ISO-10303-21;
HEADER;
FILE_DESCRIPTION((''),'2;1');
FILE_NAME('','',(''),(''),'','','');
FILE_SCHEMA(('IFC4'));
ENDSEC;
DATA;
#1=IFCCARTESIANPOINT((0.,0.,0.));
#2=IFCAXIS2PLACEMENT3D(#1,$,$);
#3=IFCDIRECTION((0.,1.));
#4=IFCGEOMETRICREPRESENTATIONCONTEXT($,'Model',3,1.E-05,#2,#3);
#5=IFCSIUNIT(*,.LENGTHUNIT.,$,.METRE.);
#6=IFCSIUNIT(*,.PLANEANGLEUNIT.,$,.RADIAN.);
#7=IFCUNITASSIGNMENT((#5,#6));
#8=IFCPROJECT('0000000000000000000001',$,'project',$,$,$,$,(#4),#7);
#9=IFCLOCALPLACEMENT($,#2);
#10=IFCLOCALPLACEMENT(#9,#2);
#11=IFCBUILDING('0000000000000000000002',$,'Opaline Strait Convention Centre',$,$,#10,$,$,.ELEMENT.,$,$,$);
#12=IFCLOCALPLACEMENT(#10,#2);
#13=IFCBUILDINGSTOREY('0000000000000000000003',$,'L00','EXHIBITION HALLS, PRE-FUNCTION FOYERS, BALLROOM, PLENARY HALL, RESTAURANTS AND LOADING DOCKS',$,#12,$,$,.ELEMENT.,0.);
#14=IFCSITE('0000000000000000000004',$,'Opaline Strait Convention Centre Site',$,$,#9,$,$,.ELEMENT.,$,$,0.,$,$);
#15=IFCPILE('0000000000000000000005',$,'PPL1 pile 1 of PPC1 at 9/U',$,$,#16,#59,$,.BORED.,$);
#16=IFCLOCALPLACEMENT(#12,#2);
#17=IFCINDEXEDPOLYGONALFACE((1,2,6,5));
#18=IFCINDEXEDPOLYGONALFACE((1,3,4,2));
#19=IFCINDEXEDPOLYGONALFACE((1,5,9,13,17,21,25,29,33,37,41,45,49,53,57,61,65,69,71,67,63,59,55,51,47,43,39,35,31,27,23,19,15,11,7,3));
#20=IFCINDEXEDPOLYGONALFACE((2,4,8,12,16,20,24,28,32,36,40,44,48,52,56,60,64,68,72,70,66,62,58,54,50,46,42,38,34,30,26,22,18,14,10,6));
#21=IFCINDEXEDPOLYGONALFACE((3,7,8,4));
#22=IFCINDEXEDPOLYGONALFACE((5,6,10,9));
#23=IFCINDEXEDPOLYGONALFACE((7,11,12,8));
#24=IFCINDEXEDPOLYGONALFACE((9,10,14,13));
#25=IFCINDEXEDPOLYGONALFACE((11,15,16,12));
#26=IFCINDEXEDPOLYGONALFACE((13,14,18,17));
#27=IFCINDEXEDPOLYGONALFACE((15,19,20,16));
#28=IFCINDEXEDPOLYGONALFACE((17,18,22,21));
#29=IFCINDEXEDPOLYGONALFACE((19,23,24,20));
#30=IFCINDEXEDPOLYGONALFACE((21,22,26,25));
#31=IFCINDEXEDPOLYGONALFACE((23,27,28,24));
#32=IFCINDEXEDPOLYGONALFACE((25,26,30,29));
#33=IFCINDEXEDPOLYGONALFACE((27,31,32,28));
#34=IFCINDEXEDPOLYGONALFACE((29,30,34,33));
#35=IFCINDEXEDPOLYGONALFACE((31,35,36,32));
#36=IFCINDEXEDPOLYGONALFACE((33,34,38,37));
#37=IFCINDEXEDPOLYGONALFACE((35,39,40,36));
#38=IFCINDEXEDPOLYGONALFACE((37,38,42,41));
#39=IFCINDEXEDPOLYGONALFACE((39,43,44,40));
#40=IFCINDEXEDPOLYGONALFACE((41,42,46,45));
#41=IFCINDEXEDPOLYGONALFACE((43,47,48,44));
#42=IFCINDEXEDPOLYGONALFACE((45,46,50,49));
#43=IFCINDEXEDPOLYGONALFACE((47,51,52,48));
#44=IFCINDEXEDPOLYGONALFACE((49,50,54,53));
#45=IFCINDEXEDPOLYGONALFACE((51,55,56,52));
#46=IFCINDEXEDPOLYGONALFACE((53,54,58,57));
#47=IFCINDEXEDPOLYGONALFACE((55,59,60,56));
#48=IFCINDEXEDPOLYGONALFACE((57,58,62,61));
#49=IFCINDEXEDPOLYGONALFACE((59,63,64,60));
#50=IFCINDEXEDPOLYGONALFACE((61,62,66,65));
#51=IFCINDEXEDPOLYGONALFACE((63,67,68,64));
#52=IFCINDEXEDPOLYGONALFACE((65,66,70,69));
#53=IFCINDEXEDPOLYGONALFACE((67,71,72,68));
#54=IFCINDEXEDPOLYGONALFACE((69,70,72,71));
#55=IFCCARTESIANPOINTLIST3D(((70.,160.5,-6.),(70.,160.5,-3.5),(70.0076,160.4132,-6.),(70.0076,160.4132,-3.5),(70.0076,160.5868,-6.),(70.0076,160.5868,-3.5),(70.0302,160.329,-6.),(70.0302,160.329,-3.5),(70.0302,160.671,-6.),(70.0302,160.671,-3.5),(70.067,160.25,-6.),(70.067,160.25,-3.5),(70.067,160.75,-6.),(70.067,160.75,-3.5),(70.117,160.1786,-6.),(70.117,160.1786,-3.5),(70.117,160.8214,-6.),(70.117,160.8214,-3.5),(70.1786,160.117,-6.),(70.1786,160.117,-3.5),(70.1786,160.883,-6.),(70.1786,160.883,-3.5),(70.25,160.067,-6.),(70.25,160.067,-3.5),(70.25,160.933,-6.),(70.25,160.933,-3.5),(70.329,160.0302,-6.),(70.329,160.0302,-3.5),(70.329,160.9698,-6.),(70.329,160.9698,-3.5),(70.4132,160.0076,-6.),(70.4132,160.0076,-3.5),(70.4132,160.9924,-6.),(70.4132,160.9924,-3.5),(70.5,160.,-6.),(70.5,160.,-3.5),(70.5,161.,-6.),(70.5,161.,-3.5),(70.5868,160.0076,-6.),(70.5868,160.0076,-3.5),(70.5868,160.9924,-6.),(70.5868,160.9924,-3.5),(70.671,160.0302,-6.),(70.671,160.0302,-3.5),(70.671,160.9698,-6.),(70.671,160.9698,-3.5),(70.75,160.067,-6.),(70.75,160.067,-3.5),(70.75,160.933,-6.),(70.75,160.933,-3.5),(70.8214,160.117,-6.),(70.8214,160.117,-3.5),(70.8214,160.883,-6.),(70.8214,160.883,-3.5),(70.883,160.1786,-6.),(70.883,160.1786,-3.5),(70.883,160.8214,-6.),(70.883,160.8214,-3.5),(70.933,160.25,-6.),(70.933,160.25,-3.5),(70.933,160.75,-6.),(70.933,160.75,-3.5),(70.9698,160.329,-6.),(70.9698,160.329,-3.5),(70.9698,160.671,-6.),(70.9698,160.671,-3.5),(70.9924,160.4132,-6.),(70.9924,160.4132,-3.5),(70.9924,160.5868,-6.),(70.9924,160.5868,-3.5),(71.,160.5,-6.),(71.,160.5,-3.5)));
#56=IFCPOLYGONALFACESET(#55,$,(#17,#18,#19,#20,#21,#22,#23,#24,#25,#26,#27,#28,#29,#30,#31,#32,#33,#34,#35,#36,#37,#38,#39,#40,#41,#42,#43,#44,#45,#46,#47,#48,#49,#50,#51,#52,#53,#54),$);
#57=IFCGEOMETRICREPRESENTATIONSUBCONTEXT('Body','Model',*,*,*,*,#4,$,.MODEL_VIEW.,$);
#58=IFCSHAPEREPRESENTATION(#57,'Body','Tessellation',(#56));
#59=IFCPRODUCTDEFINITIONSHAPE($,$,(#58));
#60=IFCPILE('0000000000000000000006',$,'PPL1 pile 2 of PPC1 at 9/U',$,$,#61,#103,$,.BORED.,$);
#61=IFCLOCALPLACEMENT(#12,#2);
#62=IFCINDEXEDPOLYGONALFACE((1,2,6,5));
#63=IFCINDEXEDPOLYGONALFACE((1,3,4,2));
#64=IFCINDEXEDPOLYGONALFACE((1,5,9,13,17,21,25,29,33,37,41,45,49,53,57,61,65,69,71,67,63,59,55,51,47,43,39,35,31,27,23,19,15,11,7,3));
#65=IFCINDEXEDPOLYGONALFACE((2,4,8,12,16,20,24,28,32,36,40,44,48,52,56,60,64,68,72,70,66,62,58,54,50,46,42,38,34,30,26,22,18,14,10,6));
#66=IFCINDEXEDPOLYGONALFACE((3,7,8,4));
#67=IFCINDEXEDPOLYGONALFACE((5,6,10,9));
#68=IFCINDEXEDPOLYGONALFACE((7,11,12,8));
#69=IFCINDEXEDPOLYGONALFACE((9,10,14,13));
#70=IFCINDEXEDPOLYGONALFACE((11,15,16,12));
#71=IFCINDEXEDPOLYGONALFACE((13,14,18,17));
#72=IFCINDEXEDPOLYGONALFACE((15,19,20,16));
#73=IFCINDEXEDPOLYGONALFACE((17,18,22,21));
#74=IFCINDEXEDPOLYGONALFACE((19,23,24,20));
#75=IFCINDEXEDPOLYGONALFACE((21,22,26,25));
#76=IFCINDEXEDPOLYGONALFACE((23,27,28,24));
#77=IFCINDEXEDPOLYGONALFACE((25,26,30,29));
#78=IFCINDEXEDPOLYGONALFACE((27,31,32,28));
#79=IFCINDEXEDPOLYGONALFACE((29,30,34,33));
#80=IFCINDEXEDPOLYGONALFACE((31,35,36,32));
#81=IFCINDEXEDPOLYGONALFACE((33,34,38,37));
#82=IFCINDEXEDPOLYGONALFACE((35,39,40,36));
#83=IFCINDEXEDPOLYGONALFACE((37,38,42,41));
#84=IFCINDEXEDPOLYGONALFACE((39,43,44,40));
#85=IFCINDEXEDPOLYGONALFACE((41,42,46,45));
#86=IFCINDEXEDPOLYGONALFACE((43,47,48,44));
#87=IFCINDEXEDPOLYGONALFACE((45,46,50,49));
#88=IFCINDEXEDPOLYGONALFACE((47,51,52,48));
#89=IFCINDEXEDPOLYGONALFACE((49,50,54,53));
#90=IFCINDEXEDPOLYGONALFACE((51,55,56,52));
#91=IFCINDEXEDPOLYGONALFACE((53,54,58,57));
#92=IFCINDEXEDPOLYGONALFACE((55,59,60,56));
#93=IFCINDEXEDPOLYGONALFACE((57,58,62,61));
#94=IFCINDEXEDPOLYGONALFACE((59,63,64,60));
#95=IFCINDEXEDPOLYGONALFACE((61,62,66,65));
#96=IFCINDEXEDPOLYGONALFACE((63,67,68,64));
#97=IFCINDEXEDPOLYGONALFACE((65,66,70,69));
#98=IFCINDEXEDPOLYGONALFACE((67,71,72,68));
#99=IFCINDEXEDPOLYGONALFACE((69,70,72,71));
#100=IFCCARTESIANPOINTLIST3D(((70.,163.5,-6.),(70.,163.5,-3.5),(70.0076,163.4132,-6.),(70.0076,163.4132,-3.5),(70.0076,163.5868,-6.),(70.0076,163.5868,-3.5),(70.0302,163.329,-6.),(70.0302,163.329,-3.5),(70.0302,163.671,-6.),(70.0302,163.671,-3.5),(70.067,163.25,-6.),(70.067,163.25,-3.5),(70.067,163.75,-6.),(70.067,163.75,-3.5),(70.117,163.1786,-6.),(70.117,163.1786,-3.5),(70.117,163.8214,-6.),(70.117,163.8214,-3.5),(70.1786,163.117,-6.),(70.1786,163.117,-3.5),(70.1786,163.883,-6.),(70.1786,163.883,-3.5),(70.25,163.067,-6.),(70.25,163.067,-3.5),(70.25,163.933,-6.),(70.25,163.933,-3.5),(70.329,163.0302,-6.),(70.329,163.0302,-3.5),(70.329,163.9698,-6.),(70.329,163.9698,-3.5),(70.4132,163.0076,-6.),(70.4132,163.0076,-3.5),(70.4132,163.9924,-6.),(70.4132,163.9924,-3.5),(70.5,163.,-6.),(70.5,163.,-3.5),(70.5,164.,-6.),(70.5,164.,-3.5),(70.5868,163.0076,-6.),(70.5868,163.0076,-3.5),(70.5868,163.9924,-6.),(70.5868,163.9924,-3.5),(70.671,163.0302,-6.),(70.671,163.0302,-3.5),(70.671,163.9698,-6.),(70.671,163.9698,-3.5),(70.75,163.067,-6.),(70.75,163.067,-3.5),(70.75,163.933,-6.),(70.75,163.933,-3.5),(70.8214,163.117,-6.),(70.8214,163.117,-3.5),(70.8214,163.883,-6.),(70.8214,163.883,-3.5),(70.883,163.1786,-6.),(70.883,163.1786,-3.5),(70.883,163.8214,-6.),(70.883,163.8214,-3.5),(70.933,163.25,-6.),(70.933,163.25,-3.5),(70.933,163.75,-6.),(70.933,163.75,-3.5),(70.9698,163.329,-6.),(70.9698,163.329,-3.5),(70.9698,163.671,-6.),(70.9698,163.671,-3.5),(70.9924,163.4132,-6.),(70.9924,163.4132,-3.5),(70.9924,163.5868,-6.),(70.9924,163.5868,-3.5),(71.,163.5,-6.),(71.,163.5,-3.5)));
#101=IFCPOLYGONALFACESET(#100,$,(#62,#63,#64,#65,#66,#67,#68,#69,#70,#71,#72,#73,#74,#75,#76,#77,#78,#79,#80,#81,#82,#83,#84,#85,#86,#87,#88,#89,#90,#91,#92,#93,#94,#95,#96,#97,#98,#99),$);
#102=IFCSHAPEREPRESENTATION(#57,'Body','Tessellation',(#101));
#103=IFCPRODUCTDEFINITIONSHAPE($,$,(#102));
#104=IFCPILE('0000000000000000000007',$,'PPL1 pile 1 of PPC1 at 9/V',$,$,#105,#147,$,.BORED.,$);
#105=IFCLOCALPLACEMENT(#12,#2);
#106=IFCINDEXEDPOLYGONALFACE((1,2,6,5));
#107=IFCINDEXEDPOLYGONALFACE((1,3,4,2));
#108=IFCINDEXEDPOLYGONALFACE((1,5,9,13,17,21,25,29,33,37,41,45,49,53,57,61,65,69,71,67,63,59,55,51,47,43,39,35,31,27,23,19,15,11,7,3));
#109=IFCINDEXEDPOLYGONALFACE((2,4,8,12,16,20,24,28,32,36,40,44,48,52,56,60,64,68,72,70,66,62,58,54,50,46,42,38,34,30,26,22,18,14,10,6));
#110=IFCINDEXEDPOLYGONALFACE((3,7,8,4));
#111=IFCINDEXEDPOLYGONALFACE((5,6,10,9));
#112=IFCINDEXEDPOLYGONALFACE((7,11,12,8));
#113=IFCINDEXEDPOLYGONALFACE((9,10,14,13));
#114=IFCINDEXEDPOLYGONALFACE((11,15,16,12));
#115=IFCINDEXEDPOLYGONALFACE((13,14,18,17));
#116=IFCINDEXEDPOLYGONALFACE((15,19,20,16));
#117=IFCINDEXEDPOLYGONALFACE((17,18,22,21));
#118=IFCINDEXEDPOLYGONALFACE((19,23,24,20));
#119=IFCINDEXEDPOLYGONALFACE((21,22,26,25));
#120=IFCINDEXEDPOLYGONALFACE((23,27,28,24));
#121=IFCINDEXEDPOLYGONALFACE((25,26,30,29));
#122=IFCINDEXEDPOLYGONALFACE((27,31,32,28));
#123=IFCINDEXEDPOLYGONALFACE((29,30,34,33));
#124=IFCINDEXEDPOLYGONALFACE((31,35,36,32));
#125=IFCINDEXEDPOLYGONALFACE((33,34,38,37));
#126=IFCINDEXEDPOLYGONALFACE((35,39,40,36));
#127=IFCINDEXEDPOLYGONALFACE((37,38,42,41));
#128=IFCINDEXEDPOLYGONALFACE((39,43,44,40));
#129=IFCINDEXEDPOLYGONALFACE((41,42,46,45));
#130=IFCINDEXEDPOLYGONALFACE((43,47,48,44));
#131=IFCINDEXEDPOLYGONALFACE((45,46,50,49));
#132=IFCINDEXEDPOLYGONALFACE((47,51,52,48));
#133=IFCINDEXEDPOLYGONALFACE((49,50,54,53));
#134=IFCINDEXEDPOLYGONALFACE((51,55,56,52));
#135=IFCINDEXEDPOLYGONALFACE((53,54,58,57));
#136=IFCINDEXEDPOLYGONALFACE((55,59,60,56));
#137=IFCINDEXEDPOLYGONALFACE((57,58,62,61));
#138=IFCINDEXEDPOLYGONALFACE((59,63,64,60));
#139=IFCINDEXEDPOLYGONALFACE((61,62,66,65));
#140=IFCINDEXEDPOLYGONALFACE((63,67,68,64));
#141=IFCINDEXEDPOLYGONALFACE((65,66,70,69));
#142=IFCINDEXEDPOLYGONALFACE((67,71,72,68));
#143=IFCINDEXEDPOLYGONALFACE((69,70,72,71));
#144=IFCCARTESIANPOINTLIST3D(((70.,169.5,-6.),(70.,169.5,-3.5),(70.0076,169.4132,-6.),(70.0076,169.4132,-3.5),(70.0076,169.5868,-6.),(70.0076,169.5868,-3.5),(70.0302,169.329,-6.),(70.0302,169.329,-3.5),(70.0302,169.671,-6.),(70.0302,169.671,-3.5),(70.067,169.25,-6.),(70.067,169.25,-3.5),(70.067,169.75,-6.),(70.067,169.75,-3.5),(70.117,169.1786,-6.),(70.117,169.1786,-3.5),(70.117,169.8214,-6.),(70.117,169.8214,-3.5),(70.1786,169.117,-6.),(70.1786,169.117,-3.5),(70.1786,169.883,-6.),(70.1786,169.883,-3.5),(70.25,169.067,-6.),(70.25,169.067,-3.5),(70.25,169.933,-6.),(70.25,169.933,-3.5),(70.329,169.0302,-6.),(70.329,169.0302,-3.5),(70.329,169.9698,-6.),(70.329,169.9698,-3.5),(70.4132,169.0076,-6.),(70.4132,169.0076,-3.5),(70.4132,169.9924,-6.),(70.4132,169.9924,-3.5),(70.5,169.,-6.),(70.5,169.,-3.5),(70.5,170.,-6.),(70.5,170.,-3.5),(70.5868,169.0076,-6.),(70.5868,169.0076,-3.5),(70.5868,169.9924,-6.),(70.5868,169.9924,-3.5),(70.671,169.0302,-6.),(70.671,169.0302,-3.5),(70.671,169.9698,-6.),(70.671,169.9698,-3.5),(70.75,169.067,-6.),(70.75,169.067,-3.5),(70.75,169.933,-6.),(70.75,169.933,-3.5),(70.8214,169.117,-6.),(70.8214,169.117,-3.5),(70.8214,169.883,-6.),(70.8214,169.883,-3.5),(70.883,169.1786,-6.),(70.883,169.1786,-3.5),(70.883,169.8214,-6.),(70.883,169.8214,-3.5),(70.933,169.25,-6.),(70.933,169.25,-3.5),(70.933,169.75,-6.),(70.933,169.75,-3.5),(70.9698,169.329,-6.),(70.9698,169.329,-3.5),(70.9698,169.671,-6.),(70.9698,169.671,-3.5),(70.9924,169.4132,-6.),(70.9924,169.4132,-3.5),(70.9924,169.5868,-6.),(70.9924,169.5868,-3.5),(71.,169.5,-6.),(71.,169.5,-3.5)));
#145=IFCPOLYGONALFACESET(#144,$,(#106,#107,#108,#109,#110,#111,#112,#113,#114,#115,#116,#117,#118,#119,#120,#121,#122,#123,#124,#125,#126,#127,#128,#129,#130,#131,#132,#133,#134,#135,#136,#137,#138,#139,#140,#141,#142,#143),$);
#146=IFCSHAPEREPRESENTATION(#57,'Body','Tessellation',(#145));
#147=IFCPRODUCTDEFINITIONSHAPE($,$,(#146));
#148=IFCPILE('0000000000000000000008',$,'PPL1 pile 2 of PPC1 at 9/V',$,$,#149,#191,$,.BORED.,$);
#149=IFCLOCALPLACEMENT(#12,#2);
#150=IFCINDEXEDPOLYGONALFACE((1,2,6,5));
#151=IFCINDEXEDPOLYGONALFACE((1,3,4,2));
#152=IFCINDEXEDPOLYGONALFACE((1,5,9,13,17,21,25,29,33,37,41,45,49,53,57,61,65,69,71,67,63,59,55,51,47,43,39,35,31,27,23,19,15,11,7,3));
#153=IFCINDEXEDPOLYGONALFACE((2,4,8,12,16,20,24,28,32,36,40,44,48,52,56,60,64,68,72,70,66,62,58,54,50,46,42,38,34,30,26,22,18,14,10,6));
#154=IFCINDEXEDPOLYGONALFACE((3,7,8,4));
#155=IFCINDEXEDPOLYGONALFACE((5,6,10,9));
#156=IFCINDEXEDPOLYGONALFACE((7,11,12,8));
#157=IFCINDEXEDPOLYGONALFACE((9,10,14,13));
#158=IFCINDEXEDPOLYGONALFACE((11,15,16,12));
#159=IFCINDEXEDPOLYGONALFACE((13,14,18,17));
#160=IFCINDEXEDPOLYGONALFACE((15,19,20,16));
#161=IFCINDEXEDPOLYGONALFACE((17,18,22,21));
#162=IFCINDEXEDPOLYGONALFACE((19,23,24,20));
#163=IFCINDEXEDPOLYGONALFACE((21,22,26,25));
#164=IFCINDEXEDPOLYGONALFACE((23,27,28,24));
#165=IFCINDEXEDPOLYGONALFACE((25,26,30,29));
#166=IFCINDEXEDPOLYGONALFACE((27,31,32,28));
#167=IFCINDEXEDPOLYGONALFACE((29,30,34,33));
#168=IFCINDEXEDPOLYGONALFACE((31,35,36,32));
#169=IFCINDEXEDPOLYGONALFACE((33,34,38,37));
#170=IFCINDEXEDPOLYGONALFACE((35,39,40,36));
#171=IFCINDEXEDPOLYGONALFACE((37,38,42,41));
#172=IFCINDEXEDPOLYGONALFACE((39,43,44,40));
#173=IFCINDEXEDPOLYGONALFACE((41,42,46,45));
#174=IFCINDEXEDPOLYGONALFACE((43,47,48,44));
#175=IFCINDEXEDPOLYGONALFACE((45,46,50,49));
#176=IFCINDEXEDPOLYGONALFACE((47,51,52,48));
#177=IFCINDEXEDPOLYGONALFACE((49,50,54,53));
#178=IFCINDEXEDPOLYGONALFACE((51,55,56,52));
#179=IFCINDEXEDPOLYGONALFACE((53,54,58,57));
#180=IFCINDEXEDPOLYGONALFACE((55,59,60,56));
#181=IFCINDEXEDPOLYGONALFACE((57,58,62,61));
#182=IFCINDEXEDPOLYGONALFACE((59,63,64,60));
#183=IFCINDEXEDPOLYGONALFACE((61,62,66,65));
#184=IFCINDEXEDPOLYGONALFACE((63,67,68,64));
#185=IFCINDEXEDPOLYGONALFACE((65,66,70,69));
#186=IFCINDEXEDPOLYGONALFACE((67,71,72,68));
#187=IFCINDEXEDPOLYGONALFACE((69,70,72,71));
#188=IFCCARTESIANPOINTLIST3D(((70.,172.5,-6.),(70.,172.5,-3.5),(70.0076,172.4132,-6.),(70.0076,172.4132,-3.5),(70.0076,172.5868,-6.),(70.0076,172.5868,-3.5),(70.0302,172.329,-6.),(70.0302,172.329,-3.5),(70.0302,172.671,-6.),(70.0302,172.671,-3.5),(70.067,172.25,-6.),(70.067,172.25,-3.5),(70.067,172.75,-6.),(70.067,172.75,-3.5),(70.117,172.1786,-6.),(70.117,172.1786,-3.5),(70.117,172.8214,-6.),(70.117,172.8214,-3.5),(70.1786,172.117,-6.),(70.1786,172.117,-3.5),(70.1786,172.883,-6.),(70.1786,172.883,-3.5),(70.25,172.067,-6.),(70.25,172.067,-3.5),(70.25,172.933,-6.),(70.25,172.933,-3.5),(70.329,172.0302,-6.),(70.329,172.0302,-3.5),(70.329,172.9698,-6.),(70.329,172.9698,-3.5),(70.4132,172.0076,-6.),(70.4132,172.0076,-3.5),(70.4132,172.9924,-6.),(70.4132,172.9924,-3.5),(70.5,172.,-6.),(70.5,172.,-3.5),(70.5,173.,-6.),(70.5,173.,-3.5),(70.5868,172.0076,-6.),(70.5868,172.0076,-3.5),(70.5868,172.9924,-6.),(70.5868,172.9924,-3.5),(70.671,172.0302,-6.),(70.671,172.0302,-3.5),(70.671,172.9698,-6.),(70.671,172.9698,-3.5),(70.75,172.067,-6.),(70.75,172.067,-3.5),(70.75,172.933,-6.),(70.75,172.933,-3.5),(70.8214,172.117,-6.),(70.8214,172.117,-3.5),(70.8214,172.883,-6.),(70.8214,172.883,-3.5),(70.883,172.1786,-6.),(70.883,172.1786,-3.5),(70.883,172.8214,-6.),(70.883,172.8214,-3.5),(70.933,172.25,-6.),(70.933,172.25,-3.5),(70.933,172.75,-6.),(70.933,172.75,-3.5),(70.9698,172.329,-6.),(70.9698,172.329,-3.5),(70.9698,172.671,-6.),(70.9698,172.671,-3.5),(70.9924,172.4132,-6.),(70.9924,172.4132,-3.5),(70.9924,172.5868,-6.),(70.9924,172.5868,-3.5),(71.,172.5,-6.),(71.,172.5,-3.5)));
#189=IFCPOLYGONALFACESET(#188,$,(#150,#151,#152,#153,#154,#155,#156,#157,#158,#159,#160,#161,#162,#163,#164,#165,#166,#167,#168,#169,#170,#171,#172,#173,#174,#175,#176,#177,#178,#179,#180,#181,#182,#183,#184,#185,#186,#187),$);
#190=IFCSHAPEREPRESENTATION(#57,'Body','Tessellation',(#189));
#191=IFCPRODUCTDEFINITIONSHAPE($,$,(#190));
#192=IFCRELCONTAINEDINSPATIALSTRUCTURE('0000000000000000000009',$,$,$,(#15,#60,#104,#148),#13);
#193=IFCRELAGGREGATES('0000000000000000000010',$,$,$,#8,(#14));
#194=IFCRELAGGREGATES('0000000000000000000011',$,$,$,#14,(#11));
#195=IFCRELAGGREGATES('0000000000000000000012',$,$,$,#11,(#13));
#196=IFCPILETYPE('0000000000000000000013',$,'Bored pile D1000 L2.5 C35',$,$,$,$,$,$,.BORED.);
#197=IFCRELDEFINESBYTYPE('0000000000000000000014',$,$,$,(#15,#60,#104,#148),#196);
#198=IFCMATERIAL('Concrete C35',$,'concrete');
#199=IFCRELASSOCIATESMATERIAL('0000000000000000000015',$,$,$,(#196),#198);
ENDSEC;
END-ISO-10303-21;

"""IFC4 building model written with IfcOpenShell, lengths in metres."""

from ifc_helpers import new_model, si_unit, direction, frame, origin, origin_2d, place, context, subcontext, project, spatial, circle, extrude, material, material_profile, profile_set, type_object, element, save


model = new_model("IFC4")

# Units and contexts
model_context = context("Model", 3, precision=1e-05, world=origin(), true_north=direction((0.0, 1.0)))
body_context = subcontext(model_context, "Body", "Model", "MODEL_VIEW")
ifc_project = project(units=[si_unit("LENGTHUNIT", "METRE"), si_unit("PLANEANGLEUNIT", "RADIAN")], contexts=[model_context])

# Site, building, storey
site_placement = place(None, origin())
site = spatial("IfcSite", under=ifc_project, at=site_placement, Name="Opaline Strait Convention Centre Site", CompositionType="ELEMENT", RefElevation=0.0)
building_placement = place(site_placement, origin())
building = spatial("IfcBuilding", under=site, at=building_placement, Name="Opaline Strait Convention Centre", CompositionType="ELEMENT")
storey_placement = place(building_placement, origin())
storey = spatial("IfcBuildingStorey", under=building, at=storey_placement, Name="L00", Description="EXHIBITION HALLS, PRE-FUNCTION FOYERS, BALLROOM, PLENARY HALL, RESTAURANTS AND LOADING DOCKS", CompositionType="ELEMENT", Elevation=0.0)

# Piles
ifc_material_1 = material(Name="Concrete C35", Category="concrete")
ifc_material_profile_1 = material_profile(ifc_material_1, circle(Radius=0.5, at=origin_2d()), Name="D1000")
ifc_profile_set_1 = profile_set([ifc_material_profile_1], Name="Concrete C35")
pile_type = type_object("IfcPileType", Name="Bored pile D1000 L2.5 C35", PredefinedType="BORED", material=ifc_profile_set_1)
for number, where, z_axis, x_axis, name in (
    (1, (70.5, 160.5, -3.5), (0.0, 0.0, -1.0), (1.0, 0.0, 0.0), "PPL1 pile 1 of PPC1 at 9/U"),
    (2, (70.5, 163.5, -3.5), (0.0, 0.0, -1.0), (1.0, 0.0, 0.0), "PPL1 pile 2 of PPC1 at 9/U"),
    (3, (70.5, 169.5, -3.5), (0.0, 0.0, -1.0), (1.0, 0.0, 0.0), "PPL1 pile 1 of PPC1 at 9/V"),
    (4, (70.5, 172.5, -3.5), (0.0, 0.0, -1.0), (1.0, 0.0, 0.0), "PPL1 pile 2 of PPC1 at 9/V"),
):
    element("IfcPile", number, at=place(storey_placement, frame(where, z_axis=z_axis, x_axis=x_axis)), inside=storey, type_object=pile_type, Name=name, PredefinedType="BORED", context=body_context, shape_type="SweptSolid", body=[
        extrude(circle(Radius=0.5, at=origin_2d()), origin(), (0.0, 0.0, 1.0), 2.5),
    ])

save(model, "model.ifc")
